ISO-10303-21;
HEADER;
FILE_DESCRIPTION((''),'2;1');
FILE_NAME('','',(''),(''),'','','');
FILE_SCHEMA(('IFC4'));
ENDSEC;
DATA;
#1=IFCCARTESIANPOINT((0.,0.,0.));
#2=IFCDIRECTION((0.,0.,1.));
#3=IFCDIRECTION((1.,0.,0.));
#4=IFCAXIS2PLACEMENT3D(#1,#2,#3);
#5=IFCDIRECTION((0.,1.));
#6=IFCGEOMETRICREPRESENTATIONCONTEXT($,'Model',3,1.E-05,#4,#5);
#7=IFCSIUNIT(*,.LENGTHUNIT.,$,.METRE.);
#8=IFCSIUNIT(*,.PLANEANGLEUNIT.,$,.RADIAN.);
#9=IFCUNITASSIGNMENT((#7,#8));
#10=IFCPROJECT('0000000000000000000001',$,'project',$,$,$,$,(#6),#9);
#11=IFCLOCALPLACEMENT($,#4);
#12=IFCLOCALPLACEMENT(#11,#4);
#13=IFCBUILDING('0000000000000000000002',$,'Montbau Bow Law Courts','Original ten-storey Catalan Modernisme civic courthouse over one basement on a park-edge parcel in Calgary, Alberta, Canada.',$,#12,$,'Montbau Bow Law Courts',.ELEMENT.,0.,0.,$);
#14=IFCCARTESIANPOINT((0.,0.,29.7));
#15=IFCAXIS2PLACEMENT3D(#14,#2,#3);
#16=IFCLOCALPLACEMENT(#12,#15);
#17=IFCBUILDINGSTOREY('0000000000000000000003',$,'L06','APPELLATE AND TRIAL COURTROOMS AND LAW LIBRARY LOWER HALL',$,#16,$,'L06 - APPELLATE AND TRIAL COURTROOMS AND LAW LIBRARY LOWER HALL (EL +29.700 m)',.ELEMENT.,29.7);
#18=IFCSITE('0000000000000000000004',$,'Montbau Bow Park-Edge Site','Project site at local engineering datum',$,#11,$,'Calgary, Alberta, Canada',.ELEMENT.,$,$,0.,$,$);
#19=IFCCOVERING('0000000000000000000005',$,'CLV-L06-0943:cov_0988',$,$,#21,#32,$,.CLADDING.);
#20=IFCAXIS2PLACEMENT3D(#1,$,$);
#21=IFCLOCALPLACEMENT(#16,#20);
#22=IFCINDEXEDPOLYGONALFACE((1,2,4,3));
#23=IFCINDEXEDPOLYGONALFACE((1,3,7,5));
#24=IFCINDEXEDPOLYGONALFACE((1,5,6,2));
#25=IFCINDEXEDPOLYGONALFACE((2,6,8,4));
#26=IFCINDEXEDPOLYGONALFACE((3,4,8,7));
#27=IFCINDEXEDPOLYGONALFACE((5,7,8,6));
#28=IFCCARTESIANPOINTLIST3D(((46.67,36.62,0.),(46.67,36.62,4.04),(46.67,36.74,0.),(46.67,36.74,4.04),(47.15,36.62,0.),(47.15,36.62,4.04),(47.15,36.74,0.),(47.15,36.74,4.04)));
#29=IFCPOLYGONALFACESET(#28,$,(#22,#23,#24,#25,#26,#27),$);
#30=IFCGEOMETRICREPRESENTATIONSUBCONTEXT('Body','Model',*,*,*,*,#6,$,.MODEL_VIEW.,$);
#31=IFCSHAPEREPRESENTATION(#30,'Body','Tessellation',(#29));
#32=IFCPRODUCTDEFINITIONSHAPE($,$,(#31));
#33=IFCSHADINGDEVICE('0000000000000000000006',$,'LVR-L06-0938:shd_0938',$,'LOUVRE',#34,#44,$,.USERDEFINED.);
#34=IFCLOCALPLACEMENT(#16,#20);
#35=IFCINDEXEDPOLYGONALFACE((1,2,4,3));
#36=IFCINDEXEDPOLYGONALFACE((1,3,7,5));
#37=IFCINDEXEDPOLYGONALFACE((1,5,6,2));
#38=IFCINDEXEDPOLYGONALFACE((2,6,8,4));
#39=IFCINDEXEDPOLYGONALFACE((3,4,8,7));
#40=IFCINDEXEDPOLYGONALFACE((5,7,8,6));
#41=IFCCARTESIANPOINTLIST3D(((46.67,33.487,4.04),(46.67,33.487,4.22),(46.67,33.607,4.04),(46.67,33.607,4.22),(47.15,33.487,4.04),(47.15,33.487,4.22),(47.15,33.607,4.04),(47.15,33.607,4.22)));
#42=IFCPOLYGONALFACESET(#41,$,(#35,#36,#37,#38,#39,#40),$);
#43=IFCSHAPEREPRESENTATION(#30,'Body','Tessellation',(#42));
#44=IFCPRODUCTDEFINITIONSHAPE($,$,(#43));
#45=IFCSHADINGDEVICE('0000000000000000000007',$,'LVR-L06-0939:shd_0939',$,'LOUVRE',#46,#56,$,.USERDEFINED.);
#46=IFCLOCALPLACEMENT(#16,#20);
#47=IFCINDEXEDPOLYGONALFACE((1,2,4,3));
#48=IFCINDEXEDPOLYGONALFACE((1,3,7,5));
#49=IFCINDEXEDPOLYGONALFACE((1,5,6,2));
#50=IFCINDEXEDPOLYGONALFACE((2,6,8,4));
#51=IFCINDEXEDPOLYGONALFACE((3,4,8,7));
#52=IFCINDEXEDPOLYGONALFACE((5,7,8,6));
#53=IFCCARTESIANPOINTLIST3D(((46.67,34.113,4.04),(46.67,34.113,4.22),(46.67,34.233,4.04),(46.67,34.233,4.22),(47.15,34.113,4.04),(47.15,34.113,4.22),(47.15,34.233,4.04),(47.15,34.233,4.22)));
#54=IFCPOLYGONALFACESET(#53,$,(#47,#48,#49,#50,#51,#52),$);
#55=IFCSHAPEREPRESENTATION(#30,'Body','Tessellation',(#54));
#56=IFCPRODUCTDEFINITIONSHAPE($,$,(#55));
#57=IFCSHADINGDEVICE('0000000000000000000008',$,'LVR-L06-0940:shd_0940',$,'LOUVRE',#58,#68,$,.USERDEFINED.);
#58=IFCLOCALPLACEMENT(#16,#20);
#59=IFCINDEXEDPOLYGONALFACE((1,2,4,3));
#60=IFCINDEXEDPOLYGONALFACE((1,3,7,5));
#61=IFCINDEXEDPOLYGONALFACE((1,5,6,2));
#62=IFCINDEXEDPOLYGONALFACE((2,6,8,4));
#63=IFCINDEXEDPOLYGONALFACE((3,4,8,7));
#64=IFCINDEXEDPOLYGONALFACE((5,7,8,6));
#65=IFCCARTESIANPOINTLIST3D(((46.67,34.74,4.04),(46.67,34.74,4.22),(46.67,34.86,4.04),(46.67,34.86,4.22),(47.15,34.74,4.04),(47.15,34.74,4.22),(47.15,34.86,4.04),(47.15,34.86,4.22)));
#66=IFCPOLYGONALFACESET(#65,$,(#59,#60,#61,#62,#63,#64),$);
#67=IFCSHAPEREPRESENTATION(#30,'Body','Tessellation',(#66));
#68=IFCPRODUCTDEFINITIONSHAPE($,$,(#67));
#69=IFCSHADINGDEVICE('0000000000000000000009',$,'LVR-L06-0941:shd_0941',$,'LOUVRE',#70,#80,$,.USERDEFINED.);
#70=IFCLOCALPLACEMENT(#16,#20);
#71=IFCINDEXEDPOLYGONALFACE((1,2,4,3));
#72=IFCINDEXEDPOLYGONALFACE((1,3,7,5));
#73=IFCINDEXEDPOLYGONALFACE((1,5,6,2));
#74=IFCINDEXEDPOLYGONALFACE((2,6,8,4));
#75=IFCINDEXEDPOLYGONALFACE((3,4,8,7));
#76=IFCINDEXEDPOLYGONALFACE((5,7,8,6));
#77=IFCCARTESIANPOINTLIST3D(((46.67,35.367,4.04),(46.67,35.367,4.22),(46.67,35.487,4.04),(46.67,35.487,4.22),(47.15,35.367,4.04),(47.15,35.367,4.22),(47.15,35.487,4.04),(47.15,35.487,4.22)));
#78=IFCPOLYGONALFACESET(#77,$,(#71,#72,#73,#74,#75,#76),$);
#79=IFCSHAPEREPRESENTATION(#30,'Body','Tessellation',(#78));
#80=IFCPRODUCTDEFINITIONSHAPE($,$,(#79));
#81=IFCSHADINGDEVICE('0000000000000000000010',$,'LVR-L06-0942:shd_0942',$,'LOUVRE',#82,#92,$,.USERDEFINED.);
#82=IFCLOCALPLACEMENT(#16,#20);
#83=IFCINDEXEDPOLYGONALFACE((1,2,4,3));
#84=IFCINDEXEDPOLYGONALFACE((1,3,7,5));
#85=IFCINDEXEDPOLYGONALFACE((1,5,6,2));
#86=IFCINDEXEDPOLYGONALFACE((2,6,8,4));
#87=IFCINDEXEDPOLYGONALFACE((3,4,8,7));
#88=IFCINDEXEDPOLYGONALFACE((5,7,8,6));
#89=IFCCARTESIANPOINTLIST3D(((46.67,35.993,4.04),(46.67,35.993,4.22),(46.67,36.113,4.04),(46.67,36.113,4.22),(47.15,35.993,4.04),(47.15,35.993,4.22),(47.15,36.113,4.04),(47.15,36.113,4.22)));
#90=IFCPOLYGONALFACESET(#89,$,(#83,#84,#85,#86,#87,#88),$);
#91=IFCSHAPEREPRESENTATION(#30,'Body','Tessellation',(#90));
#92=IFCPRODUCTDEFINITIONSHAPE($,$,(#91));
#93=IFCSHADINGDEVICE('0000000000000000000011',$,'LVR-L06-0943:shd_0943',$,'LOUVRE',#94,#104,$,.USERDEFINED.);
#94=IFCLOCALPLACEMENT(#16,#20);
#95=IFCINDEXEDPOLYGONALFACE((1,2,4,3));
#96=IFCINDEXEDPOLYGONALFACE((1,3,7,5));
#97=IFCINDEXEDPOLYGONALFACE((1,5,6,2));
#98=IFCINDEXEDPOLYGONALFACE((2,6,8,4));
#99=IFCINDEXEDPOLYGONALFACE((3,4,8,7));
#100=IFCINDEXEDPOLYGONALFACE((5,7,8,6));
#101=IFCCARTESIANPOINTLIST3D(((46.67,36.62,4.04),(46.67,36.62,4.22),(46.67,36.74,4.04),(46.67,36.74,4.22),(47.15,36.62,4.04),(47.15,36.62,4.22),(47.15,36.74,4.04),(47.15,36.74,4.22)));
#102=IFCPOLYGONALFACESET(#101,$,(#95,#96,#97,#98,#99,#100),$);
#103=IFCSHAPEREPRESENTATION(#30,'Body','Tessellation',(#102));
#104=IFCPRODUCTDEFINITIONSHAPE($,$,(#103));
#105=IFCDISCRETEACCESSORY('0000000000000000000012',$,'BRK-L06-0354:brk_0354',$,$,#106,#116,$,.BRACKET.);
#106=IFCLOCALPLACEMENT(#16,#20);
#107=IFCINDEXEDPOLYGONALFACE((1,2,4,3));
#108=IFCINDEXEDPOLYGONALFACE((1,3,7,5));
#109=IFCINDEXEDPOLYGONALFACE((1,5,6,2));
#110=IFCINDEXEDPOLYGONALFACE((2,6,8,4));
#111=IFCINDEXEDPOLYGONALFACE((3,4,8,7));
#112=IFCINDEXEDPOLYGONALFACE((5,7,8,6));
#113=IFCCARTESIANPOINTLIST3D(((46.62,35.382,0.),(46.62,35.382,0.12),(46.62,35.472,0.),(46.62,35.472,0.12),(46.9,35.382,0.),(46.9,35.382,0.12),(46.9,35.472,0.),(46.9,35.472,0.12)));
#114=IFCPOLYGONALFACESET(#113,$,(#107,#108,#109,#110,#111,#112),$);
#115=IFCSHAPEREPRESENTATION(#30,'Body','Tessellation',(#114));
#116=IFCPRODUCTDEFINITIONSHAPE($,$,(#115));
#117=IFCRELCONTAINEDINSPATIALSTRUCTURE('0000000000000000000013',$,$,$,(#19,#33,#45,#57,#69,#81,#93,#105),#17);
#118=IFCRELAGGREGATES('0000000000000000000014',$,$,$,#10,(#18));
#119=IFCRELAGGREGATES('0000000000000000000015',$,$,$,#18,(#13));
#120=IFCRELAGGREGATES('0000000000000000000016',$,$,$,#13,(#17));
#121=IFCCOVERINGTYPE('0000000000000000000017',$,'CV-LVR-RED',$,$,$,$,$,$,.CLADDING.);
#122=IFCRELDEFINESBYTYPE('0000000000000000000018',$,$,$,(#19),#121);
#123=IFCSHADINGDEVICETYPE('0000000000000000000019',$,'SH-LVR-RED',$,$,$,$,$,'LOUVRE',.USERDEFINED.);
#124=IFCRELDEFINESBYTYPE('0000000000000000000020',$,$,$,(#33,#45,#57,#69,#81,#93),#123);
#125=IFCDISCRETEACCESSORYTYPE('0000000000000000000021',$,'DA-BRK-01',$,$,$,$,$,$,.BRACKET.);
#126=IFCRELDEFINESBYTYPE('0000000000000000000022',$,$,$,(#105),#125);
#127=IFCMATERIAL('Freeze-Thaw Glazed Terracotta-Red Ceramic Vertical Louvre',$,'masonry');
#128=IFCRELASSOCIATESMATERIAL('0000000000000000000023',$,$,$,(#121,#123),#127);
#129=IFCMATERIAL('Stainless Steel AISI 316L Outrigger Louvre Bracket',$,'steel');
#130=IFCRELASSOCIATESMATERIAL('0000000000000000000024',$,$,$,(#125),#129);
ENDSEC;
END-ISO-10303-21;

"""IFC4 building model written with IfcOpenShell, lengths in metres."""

from ifc_helpers import new_model, si_unit, direction, frame, frame_2d, origin_with_axes, origin_2d_with_axis, place, context, subcontext, project, spatial, rectangle, extrude, material, type_object, element, save


model = new_model("IFC4")

# Units and contexts
model_context = context("Model", 3, precision=1e-05, world=origin_with_axes(), true_north=direction((0.0, 1.0)))
body_context = subcontext(model_context, "Body", "Model", "MODEL_VIEW")
ifc_project = project(units=[si_unit("LENGTHUNIT", "METRE"), si_unit("PLANEANGLEUNIT", "RADIAN")], contexts=[model_context])

# Site, building, storey
site_placement = place(None, origin_with_axes())
site = spatial("IfcSite", under=ifc_project, at=site_placement, Name="Montbau Bow Park-Edge Site", Description="Project site at local engineering datum", LongName="Calgary, Alberta, Canada", CompositionType="ELEMENT", RefElevation=0.0)
building_placement = place(site_placement, origin_with_axes())
building = spatial("IfcBuilding", under=site, at=building_placement, Name="Montbau Bow Law Courts", Description="Original ten-storey Catalan Modernisme civic courthouse over one basement on a park-edge parcel in Calgary, Alberta, Canada.", LongName="Montbau Bow Law Courts", CompositionType="ELEMENT", ElevationOfRefHeight=0.0, ElevationOfTerrain=0.0)
storey_placement = place(building_placement, frame((0.0, 0.0, 29.7), z_axis=(0.0, 0.0, 1.0), x_axis=(1.0, 0.0, 0.0)))
storey = spatial("IfcBuildingStorey", under=building, at=storey_placement, Name="L06", Description="APPELLATE AND TRIAL COURTROOMS AND LAW LIBRARY LOWER HALL", LongName="L06 - APPELLATE AND TRIAL COURTROOMS AND LAW LIBRARY LOWER HALL (EL +29.700 m)", CompositionType="ELEMENT", Elevation=29.7)

# Covering
ifc_material_1 = material(Name="Freeze-Thaw Glazed Terracotta-Red Ceramic Vertical Louvre", Category="masonry")
covering_type = type_object("IfcCoveringType", Name="CV-LVR-RED", PredefinedType="CLADDING", material=ifc_material_1)
for number, where, z_axis, x_axis, name in (
    (1, (46.67, 36.68, 29.7), (0.0, -1.0, 0.0), (1.0, 0.0, 0.0), "CLV-L06-0943:cov_0988"),
):
    element("IfcCovering", number, at=place(None, frame(where, z_axis=z_axis, x_axis=x_axis)), inside=storey, type_object=covering_type, Name=name, PredefinedType="CLADDING", context=body_context, shape_type="SweptSolid", body=[
        extrude(rectangle(XDim=0.48, YDim=4.04, at=frame_2d((0.24, 2.02), x_axis=(1.0, 0.0))), frame((0.0, 0.0, -0.06), z_axis=(0.0, 0.0, 1.0), x_axis=(1.0, 0.0, 0.0)), (0.0, 0.0, 1.0), 0.12),
    ])

# Shading devices
shading_device_type = type_object("IfcShadingDeviceType", Name="SH-LVR-RED", ElementType="LOUVRE", PredefinedType="USERDEFINED", material=ifc_material_1)
for number, where, z_axis, x_axis, name in (
    (2, (46.91, 33.547, 33.74), (0.0, 0.0, 1.0), (1.0, 0.0, 0.0), "LVR-L06-0938:shd_0938"),
    (3, (46.91, 34.173, 33.74), (0.0, 0.0, 1.0), (1.0, 0.0, 0.0), "LVR-L06-0939:shd_0939"),
    (4, (46.91, 34.8, 33.74), (0.0, 0.0, 1.0), (1.0, 0.0, 0.0), "LVR-L06-0940:shd_0940"),
    (5, (46.91, 35.427, 33.74), (0.0, 0.0, 1.0), (1.0, 0.0, 0.0), "LVR-L06-0941:shd_0941"),
    (6, (46.91, 36.053, 33.74), (0.0, 0.0, 1.0), (1.0, 0.0, 0.0), "LVR-L06-0942:shd_0942"),
    (7, (46.91, 36.68, 33.74), (0.0, 0.0, 1.0), (1.0, 0.0, 0.0), "LVR-L06-0943:shd_0943"),
):
    element("IfcShadingDevice", number, at=place(None, frame(where, z_axis=z_axis, x_axis=x_axis)), inside=storey, type_object=shading_device_type, Name=name, ObjectType="LOUVRE", PredefinedType="USERDEFINED", context=body_context, shape_type="SweptSolid", body=[
        extrude(rectangle(XDim=0.48, YDim=0.12, at=origin_2d_with_axis()), origin_with_axes(), (0.0, 0.0, 1.0), 0.18),
    ])

# Discrete accessory
ifc_material_2 = material(Name="Stainless Steel AISI 316L Outrigger Louvre Bracket", Category="steel")
discrete_accessory_type = type_object("IfcDiscreteAccessoryType", Name="DA-BRK-01", PredefinedType="BRACKET", material=ifc_material_2)
discrete_accessory_placement = place(None, frame((46.76, 35.427, 29.7), z_axis=(0.0, 0.0, 1.0), x_axis=(1.0, 0.0, 0.0)))
element("IfcDiscreteAccessory", 8, at=discrete_accessory_placement, inside=storey, type_object=discrete_accessory_type, Name="BRK-L06-0354:brk_0354", PredefinedType="BRACKET", context=body_context, shape_type="SweptSolid", body=[
    extrude(rectangle(XDim=0.28, YDim=0.09, at=origin_2d_with_axis()), origin_with_axes(), (0.0, 0.0, 1.0), 0.12),
])

save(model, "model.ifc")
